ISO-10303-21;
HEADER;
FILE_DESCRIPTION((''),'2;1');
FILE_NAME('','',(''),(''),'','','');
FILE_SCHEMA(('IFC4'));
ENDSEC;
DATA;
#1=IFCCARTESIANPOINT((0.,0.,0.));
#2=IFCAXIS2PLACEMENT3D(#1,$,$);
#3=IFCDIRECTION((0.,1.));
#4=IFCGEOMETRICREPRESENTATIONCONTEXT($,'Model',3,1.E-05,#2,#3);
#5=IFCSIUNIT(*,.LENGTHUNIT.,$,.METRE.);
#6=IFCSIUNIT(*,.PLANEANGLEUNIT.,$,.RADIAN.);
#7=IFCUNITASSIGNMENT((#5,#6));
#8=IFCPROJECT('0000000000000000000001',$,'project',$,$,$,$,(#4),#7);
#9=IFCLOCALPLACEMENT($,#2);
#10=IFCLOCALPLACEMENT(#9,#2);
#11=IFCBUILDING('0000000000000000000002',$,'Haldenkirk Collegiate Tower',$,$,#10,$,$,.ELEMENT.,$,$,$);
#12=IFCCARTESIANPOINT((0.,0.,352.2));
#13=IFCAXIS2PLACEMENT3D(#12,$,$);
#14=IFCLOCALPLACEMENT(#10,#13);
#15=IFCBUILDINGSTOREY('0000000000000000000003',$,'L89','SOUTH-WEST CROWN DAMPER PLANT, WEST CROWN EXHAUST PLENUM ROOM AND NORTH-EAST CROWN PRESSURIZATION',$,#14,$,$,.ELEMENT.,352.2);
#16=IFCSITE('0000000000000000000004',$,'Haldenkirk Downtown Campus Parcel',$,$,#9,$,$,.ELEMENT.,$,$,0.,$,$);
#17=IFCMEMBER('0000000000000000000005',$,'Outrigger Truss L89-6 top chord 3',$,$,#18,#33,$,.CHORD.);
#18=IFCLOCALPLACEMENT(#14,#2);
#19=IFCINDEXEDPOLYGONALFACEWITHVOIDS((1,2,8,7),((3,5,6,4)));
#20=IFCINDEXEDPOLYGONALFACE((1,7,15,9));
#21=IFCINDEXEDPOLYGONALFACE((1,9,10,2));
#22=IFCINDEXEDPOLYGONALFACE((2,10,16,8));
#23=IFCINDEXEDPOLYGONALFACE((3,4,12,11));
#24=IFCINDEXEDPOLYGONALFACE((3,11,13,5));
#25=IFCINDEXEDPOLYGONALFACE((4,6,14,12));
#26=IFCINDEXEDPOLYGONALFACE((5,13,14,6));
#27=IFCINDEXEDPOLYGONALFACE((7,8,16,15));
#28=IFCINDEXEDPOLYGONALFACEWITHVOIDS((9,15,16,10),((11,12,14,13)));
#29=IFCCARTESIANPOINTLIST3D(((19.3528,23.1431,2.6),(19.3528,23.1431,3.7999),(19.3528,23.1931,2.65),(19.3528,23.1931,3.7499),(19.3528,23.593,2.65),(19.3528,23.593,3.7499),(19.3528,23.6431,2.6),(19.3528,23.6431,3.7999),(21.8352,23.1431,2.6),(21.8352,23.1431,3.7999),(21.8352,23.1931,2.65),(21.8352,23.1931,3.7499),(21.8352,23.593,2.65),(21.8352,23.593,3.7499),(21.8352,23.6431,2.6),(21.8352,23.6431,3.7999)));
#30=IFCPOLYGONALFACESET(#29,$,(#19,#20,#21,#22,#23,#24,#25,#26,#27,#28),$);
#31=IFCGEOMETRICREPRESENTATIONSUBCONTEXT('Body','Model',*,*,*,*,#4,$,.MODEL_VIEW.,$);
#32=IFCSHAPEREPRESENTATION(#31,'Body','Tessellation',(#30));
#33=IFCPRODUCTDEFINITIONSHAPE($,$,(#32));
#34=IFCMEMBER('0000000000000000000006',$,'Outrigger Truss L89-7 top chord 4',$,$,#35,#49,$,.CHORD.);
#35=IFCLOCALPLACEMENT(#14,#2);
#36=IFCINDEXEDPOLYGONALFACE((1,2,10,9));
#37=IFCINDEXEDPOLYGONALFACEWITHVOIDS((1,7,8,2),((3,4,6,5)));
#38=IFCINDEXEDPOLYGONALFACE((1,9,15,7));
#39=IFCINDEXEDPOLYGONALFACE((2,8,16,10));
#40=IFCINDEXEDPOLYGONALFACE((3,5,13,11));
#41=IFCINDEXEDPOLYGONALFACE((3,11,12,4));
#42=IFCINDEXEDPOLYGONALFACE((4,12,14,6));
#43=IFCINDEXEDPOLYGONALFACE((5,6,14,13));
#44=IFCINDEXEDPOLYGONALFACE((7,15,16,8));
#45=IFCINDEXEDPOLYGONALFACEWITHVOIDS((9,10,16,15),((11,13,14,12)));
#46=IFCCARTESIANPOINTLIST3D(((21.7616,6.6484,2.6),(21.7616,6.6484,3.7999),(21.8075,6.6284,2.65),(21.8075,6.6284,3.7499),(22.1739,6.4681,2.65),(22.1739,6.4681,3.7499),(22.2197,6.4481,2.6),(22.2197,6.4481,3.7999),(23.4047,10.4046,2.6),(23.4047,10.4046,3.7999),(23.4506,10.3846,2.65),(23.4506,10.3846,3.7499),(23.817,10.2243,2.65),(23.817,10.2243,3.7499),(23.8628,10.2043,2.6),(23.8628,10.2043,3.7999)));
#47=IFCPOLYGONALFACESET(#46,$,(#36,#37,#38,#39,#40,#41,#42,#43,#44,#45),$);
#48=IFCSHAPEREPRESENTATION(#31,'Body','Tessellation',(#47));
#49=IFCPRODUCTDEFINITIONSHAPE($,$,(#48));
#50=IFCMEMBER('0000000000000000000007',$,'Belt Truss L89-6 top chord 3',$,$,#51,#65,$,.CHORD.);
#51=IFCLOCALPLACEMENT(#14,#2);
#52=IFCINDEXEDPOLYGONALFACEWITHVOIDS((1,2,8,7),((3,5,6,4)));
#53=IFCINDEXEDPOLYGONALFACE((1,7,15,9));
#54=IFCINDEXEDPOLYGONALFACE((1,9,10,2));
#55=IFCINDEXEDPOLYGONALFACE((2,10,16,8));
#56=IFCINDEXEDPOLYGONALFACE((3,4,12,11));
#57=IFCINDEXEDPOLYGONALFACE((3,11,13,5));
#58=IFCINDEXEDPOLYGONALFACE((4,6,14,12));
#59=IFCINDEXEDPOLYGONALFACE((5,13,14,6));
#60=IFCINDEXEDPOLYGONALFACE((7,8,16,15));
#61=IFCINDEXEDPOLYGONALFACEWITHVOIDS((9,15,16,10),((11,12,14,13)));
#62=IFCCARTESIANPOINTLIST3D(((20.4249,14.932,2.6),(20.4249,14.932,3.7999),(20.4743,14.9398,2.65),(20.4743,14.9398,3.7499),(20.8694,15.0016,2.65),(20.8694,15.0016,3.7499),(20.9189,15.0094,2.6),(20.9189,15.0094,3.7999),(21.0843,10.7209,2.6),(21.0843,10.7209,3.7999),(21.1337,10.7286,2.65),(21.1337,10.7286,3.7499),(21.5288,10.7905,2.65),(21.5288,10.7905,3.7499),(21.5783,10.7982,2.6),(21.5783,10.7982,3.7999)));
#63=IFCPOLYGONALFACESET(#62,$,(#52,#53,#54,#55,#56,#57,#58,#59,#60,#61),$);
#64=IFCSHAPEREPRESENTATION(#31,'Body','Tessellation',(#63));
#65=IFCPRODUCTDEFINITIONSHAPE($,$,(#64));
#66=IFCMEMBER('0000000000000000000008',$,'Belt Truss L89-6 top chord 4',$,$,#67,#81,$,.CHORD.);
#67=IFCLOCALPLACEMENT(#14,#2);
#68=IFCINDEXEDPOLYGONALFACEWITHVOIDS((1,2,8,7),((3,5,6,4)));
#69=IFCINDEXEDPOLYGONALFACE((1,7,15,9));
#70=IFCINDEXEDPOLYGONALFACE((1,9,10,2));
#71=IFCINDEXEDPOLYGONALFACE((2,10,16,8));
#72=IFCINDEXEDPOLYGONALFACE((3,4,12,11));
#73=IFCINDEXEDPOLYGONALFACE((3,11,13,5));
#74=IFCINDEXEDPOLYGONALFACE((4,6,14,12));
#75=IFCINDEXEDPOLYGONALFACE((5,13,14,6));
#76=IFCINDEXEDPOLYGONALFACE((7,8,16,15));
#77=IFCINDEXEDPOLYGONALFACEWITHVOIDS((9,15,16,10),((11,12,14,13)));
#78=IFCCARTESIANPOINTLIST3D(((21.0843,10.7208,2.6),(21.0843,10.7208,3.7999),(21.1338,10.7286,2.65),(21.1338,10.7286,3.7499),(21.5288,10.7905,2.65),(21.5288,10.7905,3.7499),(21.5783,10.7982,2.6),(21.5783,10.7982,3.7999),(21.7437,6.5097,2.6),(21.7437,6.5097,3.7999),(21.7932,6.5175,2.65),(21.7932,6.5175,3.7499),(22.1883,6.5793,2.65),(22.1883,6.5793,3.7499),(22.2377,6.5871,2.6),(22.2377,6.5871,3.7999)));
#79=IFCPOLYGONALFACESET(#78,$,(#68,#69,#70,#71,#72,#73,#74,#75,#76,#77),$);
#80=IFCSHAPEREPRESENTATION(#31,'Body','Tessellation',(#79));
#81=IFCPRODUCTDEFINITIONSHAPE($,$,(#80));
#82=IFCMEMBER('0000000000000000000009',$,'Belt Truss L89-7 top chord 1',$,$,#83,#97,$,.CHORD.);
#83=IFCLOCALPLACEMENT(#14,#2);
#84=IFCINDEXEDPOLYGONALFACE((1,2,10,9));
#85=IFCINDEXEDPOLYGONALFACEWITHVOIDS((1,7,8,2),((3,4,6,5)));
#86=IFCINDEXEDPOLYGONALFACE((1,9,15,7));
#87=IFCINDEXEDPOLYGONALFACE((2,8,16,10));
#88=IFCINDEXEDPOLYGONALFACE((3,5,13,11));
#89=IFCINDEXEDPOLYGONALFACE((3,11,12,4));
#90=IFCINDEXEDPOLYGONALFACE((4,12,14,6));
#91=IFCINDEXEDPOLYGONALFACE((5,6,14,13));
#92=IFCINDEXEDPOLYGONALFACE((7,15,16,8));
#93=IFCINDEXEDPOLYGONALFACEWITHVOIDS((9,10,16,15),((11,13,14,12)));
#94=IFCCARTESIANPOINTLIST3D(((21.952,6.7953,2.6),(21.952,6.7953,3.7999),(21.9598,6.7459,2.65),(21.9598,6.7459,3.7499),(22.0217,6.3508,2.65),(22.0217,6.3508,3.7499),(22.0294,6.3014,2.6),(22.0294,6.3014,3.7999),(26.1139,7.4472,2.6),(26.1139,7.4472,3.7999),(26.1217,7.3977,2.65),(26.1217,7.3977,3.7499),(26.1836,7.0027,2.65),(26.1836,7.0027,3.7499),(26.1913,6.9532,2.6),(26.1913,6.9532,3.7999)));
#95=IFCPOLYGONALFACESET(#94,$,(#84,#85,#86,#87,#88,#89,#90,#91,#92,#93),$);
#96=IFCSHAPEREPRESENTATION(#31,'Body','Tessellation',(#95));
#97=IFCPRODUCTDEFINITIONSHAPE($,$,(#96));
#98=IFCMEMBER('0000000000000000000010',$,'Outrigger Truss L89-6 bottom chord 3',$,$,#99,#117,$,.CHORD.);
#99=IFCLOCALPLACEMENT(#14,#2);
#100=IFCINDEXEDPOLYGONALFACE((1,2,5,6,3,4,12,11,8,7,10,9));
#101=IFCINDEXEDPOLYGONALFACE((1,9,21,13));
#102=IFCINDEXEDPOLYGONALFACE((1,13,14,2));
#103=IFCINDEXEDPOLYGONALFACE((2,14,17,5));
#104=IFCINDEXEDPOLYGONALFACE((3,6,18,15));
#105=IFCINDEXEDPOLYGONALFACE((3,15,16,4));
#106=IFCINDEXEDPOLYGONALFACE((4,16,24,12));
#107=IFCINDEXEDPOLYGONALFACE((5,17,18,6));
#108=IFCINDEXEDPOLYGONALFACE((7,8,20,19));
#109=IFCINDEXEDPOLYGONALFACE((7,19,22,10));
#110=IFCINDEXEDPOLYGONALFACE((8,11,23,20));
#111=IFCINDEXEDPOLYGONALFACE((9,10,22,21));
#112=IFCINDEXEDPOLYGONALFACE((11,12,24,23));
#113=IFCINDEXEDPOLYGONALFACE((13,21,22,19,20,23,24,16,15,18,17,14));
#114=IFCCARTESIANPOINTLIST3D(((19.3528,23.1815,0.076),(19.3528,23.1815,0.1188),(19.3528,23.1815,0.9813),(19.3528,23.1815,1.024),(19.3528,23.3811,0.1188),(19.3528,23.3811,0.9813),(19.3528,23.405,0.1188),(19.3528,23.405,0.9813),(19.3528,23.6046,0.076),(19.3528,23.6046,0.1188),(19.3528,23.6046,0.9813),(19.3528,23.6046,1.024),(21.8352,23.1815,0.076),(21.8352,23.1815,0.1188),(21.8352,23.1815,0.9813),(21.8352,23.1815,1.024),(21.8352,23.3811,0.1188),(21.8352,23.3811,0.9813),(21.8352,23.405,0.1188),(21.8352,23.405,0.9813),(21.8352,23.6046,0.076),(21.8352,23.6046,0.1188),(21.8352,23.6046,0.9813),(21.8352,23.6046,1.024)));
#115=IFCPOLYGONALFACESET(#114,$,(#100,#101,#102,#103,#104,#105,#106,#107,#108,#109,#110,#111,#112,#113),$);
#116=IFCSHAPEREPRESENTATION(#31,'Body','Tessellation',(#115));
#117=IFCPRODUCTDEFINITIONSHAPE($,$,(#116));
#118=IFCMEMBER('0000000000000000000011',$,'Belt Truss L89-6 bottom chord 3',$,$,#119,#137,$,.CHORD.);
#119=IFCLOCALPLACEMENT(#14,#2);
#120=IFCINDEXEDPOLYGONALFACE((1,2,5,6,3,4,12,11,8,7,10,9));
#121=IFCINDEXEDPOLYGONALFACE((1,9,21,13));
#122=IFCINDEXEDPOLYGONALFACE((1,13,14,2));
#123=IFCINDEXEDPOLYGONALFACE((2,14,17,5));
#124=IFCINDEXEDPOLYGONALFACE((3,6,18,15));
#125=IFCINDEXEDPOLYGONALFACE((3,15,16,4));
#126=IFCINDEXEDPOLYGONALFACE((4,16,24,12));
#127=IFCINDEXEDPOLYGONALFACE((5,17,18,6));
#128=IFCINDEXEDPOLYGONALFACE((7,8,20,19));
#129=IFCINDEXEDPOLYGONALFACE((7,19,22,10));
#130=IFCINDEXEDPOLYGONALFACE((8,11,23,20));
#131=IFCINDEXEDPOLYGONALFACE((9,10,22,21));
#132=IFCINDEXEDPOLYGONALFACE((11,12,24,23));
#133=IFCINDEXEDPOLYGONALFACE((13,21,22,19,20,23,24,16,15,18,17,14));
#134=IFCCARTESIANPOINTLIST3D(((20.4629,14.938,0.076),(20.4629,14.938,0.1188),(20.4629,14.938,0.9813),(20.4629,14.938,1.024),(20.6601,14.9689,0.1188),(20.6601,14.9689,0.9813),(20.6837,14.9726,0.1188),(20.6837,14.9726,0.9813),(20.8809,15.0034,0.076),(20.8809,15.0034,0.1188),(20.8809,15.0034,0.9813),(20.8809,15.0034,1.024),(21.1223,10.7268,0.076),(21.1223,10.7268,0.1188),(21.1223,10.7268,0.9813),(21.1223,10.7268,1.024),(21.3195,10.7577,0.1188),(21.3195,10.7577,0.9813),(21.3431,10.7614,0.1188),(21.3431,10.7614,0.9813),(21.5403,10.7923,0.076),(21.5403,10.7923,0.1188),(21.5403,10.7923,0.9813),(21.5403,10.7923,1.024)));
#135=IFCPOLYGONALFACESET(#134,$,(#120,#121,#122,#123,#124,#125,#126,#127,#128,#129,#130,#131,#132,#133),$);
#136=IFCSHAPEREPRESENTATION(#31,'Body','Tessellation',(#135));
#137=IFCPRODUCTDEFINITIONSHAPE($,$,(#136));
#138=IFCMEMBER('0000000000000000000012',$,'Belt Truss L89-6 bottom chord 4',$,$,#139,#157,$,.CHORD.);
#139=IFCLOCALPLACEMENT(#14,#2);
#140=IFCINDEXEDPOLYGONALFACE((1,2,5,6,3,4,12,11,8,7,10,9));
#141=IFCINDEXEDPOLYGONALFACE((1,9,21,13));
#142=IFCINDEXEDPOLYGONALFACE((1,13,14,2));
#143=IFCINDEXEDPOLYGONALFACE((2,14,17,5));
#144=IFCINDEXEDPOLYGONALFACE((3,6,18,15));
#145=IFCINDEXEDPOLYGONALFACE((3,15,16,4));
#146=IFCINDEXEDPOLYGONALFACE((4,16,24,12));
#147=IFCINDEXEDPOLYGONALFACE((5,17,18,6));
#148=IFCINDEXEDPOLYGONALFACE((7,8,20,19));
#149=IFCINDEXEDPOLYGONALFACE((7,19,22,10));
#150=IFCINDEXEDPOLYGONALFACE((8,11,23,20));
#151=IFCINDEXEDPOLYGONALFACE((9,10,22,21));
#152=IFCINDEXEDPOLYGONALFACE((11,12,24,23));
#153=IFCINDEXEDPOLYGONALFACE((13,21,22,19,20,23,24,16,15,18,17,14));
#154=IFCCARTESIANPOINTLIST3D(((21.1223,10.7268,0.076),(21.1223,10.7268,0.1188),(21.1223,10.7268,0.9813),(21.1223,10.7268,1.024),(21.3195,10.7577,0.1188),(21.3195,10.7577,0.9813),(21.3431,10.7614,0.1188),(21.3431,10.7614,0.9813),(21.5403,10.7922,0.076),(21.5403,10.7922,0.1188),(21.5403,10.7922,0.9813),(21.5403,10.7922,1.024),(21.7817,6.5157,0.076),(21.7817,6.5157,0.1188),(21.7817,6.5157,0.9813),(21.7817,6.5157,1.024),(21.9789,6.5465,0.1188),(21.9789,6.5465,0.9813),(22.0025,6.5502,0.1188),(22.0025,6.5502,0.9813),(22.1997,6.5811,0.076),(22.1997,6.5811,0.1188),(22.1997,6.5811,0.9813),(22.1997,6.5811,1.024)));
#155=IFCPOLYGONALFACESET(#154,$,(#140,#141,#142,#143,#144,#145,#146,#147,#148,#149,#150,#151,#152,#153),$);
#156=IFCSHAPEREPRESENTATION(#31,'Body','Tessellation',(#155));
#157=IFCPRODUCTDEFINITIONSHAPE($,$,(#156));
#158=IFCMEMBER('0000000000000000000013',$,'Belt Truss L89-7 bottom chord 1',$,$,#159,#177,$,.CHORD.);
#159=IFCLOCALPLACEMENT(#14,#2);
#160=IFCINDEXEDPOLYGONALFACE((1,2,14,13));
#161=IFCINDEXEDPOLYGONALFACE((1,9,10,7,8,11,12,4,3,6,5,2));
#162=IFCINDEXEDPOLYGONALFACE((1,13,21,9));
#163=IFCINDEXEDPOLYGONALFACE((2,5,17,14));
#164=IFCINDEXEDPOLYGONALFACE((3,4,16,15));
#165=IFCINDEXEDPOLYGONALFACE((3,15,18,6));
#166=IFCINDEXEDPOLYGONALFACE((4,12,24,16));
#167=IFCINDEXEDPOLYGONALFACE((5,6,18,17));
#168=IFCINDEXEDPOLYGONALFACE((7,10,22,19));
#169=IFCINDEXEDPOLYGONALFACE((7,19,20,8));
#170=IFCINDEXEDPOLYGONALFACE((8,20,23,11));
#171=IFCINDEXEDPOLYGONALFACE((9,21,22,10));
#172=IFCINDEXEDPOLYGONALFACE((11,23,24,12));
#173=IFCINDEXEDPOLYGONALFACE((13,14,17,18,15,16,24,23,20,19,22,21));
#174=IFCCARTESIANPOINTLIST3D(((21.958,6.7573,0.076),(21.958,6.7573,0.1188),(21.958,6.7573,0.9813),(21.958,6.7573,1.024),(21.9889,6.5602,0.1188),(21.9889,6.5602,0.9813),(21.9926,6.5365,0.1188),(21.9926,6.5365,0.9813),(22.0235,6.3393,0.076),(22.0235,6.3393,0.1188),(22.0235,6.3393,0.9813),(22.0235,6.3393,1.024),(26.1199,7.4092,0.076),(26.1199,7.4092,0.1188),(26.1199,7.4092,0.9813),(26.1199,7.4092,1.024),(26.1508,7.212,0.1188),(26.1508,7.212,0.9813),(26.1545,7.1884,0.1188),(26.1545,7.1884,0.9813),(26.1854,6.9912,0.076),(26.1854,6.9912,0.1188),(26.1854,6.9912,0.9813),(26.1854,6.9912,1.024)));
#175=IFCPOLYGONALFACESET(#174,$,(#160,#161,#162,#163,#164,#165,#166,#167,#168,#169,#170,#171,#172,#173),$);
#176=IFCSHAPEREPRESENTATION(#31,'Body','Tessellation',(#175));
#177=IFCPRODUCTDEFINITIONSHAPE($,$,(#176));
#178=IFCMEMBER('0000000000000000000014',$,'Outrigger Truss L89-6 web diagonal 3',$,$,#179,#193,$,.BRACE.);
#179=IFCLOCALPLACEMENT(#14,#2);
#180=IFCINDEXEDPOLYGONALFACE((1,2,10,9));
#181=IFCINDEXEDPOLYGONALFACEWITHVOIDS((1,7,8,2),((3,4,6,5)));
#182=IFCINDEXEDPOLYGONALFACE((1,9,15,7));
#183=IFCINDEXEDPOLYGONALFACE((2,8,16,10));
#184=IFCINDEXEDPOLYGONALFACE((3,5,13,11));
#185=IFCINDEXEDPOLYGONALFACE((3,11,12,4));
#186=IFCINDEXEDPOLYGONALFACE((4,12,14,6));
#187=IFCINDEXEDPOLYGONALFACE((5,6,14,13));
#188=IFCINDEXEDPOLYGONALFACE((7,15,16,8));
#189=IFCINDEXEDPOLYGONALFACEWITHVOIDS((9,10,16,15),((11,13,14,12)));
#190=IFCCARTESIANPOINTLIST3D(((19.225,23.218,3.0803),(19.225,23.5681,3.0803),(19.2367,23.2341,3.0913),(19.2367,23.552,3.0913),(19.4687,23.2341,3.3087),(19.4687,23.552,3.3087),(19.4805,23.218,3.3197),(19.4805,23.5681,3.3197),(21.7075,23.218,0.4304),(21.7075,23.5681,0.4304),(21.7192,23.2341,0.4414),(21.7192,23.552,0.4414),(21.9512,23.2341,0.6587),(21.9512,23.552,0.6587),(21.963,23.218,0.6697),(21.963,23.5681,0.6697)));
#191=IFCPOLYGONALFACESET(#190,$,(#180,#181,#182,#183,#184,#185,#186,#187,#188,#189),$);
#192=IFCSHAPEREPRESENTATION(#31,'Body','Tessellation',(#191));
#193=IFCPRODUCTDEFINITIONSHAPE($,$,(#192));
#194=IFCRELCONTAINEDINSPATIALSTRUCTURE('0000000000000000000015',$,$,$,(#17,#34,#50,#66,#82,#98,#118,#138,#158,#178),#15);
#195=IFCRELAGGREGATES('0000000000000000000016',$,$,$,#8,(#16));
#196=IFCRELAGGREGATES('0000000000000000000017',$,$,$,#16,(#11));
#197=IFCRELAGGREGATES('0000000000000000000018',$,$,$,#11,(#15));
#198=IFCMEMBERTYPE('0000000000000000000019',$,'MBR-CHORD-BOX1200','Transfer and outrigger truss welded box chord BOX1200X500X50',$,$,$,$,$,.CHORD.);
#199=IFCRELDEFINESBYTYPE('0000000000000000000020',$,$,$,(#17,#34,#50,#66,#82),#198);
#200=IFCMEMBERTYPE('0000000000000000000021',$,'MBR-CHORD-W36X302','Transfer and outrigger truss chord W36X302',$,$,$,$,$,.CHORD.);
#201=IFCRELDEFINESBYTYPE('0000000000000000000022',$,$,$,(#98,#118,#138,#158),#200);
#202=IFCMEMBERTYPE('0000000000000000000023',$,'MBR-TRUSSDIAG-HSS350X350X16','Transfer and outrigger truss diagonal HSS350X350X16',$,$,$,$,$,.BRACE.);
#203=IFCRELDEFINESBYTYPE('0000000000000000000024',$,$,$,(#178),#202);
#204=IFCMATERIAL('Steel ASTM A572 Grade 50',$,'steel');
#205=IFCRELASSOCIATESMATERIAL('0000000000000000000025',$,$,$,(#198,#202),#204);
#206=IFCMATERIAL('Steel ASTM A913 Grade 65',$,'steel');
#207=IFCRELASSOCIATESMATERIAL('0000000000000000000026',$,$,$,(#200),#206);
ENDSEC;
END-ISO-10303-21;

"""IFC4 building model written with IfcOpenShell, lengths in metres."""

from ifc_helpers import new_model, si_unit, direction, frame, origin, origin_2d, place, context, subcontext, project, spatial, hollow_rectangle, i_section, extrude, material, material_profile, profile_set, type_object, element, save


model = new_model("IFC4")

# Units and contexts
model_context = context("Model", 3, precision=1e-05, world=origin(), true_north=direction((0.0, 1.0)))
body_context = subcontext(model_context, "Body", "Model", "MODEL_VIEW")
ifc_project = project(units=[si_unit("LENGTHUNIT", "METRE"), si_unit("PLANEANGLEUNIT", "RADIAN")], contexts=[model_context])

# Site, building, storey
site_placement = place(None, origin())
site = spatial("IfcSite", under=ifc_project, at=site_placement, Name="Haldenkirk Downtown Campus Parcel", CompositionType="ELEMENT", RefElevation=0.0)
building_placement = place(site_placement, origin())
building = spatial("IfcBuilding", under=site, at=building_placement, Name="Haldenkirk Collegiate Tower", CompositionType="ELEMENT")
storey_placement = place(building_placement, frame((0.0, 0.0, 352.2)))
storey = spatial("IfcBuildingStorey", under=building, at=storey_placement, Name="L89", Description="SOUTH-WEST CROWN DAMPER PLANT, WEST CROWN EXHAUST PLENUM ROOM AND NORTH-EAST CROWN PRESSURIZATION", CompositionType="ELEMENT", Elevation=352.2)

# Members
ifc_material_1 = material(Name="Steel ASTM A572 Grade 50", Category="steel")
ifc_material_profile_1 = material_profile(ifc_material_1, hollow_rectangle(XDim=0.5, YDim=1.2, WallThickness=0.05, at=origin_2d()), Name="BOX1200X500X50")
ifc_profile_set_1 = profile_set([ifc_material_profile_1], Name="Steel ASTM A572 Grade 50")
member_type_1 = type_object("IfcMemberType", Name="MBR-CHORD-BOX1200", Description="Transfer and outrigger truss welded box chord BOX1200X500X50", PredefinedType="CHORD", material=ifc_profile_set_1)
member_1_placement = place(storey_placement, frame((21.8352, 23.3931, 3.2), z_axis=(-1.0, 0.0, 0.0), x_axis=(0.0, -1.0, 0.0)))
element("IfcMember", 1, at=member_1_placement, inside=storey, type_object=member_type_1, Name="Outrigger Truss L89-6 top chord 3", PredefinedType="CHORD", context=body_context, shape_type="SweptSolid", body=[
    extrude(hollow_rectangle(XDim=0.5, YDim=1.2, WallThickness=0.05, at=origin_2d()), origin(), (0.0, 0.0, 1.0), 2.4824),
])
member_2_placement = place(storey_placement, frame((23.6338, 10.3044, 3.2), z_axis=(-0.400772, -0.916178, 0.0), x_axis=(0.916178, -0.400772, 0.0)))
element("IfcMember", 2, at=member_2_placement, inside=storey, type_object=member_type_1, Name="Outrigger Truss L89-7 top chord 4", PredefinedType="CHORD", context=body_context, shape_type="SweptSolid", body=[
    extrude(hollow_rectangle(XDim=0.5, YDim=1.2, WallThickness=0.05, at=origin_2d()), origin(), (0.0, 0.0, 1.0), 4.0999),
])
for number, where, z_axis, x_axis, name in (
    (3, (20.6719, 14.9707, 3.2), (0.154704, -0.987961, 0.0), (0.987961, 0.154704, 0.0), "Belt Truss L89-6 top chord 3"),
    (4, (21.3313, 10.7595, 3.2), (0.154704, -0.987961, 0.0), (0.987961, 0.154704, 0.0), "Belt Truss L89-6 top chord 4"),
):
    element("IfcMember", number, at=place(storey_placement, frame(where, z_axis=z_axis, x_axis=x_axis)), inside=storey, type_object=member_type_1, Name=name, PredefinedType="CHORD", context=body_context, shape_type="SweptSolid", body=[
        extrude(hollow_rectangle(XDim=0.5, YDim=1.2, WallThickness=0.05, at=origin_2d()), origin(), (0.0, 0.0, 1.0), 4.2625),
    ])
member_3_placement = place(storey_placement, frame((21.9907, 6.5483, 3.2), z_axis=(0.987955, 0.154739, 0.0), x_axis=(-0.154739, 0.987955, 0.0)))
element("IfcMember", 5, at=member_3_placement, inside=storey, type_object=member_type_1, Name="Belt Truss L89-7 top chord 1", PredefinedType="CHORD", context=body_context, shape_type="SweptSolid", body=[
    extrude(hollow_rectangle(XDim=0.5, YDim=1.2, WallThickness=0.05, at=origin_2d()), origin(), (0.0, 0.0, 1.0), 4.2126),
])
ifc_material_2 = material(Name="Steel ASTM A913 Grade 65", Category="steel")
ifc_material_profile_2 = material_profile(ifc_material_2, i_section(OverallWidth=0.4231, OverallDepth=0.948, WebThickness=0.0239, FlangeThickness=0.0427, at=origin_2d()), Name="W36X302")
ifc_profile_set_2 = profile_set([ifc_material_profile_2], Name="Steel ASTM A913 Grade 65")
member_type_2 = type_object("IfcMemberType", Name="MBR-CHORD-W36X302", Description="Transfer and outrigger truss chord W36X302", PredefinedType="CHORD", material=ifc_profile_set_2)
member_4_placement = place(storey_placement, frame((21.8352, 23.3931, 0.55), z_axis=(-1.0, 0.0, 0.0), x_axis=(0.0, -1.0, 0.0)))
element("IfcMember", 6, at=member_4_placement, inside=storey, type_object=member_type_2, Name="Outrigger Truss L89-6 bottom chord 3", PredefinedType="CHORD", context=body_context, shape_type="SweptSolid", body=[
    extrude(i_section(OverallWidth=0.4231, OverallDepth=0.948, WebThickness=0.0239, FlangeThickness=0.0427, at=origin_2d()), origin(), (0.0, 0.0, 1.0), 2.4824),
])
for number, where, z_axis, x_axis, name in (
    (7, (20.6719, 14.9707, 0.55), (0.154704, -0.987961, 0.0), (0.987961, 0.154704, 0.0), "Belt Truss L89-6 bottom chord 3"),
    (8, (21.3313, 10.7595, 0.55), (0.154704, -0.987961, 0.0), (0.987961, 0.154704, 0.0), "Belt Truss L89-6 bottom chord 4"),
):
    element("IfcMember", number, at=place(storey_placement, frame(where, z_axis=z_axis, x_axis=x_axis)), inside=storey, type_object=member_type_2, Name=name, PredefinedType="CHORD", context=body_context, shape_type="SweptSolid", body=[
        extrude(i_section(OverallWidth=0.4231, OverallDepth=0.948, WebThickness=0.0239, FlangeThickness=0.0427, at=origin_2d()), origin(), (0.0, 0.0, 1.0), 4.2625),
    ])
member_5_placement = place(storey_placement, frame((21.9907, 6.5483, 0.55), z_axis=(0.987955, 0.154739, 0.0), x_axis=(-0.154739, 0.987955, 0.0)))
element("IfcMember", 9, at=member_5_placement, inside=storey, type_object=member_type_2, Name="Belt Truss L89-7 bottom chord 1", PredefinedType="CHORD", context=body_context, shape_type="SweptSolid", body=[
    extrude(i_section(OverallWidth=0.4231, OverallDepth=0.948, WebThickness=0.0239, FlangeThickness=0.0427, at=origin_2d()), origin(), (0.0, 0.0, 1.0), 4.2126),
])
ifc_material_profile_3 = material_profile(ifc_material_1, hollow_rectangle(XDim=0.3501, YDim=0.3501, WallThickness=0.0161, at=origin_2d()), Name="HSS350X350X16")
ifc_profile_set_3 = profile_set([ifc_material_profile_3], Name="Steel ASTM A572 Grade 50")
member_type_3 = type_object("IfcMemberType", Name="MBR-TRUSSDIAG-HSS350X350X16", Description="Transfer and outrigger truss diagonal HSS350X350X16", PredefinedType="BRACE", material=ifc_profile_set_3)
member_6_placement = place(storey_placement, frame((21.8352, 23.3931, 0.55), z_axis=(-0.683668, 0.0, 0.729793), x_axis=(0.0, -1.0, 0.0)))
element("IfcMember", 10, at=member_6_placement, inside=storey, type_object=member_type_3, Name="Outrigger Truss L89-6 web diagonal 3", PredefinedType="BRACE", context=body_context, shape_type="SweptSolid", body=[
    extrude(hollow_rectangle(XDim=0.3501, YDim=0.3501, WallThickness=0.0161, at=origin_2d()), origin(), (0.0, 0.0, 1.0), 3.6311),
])

save(model, "model.ifc")
